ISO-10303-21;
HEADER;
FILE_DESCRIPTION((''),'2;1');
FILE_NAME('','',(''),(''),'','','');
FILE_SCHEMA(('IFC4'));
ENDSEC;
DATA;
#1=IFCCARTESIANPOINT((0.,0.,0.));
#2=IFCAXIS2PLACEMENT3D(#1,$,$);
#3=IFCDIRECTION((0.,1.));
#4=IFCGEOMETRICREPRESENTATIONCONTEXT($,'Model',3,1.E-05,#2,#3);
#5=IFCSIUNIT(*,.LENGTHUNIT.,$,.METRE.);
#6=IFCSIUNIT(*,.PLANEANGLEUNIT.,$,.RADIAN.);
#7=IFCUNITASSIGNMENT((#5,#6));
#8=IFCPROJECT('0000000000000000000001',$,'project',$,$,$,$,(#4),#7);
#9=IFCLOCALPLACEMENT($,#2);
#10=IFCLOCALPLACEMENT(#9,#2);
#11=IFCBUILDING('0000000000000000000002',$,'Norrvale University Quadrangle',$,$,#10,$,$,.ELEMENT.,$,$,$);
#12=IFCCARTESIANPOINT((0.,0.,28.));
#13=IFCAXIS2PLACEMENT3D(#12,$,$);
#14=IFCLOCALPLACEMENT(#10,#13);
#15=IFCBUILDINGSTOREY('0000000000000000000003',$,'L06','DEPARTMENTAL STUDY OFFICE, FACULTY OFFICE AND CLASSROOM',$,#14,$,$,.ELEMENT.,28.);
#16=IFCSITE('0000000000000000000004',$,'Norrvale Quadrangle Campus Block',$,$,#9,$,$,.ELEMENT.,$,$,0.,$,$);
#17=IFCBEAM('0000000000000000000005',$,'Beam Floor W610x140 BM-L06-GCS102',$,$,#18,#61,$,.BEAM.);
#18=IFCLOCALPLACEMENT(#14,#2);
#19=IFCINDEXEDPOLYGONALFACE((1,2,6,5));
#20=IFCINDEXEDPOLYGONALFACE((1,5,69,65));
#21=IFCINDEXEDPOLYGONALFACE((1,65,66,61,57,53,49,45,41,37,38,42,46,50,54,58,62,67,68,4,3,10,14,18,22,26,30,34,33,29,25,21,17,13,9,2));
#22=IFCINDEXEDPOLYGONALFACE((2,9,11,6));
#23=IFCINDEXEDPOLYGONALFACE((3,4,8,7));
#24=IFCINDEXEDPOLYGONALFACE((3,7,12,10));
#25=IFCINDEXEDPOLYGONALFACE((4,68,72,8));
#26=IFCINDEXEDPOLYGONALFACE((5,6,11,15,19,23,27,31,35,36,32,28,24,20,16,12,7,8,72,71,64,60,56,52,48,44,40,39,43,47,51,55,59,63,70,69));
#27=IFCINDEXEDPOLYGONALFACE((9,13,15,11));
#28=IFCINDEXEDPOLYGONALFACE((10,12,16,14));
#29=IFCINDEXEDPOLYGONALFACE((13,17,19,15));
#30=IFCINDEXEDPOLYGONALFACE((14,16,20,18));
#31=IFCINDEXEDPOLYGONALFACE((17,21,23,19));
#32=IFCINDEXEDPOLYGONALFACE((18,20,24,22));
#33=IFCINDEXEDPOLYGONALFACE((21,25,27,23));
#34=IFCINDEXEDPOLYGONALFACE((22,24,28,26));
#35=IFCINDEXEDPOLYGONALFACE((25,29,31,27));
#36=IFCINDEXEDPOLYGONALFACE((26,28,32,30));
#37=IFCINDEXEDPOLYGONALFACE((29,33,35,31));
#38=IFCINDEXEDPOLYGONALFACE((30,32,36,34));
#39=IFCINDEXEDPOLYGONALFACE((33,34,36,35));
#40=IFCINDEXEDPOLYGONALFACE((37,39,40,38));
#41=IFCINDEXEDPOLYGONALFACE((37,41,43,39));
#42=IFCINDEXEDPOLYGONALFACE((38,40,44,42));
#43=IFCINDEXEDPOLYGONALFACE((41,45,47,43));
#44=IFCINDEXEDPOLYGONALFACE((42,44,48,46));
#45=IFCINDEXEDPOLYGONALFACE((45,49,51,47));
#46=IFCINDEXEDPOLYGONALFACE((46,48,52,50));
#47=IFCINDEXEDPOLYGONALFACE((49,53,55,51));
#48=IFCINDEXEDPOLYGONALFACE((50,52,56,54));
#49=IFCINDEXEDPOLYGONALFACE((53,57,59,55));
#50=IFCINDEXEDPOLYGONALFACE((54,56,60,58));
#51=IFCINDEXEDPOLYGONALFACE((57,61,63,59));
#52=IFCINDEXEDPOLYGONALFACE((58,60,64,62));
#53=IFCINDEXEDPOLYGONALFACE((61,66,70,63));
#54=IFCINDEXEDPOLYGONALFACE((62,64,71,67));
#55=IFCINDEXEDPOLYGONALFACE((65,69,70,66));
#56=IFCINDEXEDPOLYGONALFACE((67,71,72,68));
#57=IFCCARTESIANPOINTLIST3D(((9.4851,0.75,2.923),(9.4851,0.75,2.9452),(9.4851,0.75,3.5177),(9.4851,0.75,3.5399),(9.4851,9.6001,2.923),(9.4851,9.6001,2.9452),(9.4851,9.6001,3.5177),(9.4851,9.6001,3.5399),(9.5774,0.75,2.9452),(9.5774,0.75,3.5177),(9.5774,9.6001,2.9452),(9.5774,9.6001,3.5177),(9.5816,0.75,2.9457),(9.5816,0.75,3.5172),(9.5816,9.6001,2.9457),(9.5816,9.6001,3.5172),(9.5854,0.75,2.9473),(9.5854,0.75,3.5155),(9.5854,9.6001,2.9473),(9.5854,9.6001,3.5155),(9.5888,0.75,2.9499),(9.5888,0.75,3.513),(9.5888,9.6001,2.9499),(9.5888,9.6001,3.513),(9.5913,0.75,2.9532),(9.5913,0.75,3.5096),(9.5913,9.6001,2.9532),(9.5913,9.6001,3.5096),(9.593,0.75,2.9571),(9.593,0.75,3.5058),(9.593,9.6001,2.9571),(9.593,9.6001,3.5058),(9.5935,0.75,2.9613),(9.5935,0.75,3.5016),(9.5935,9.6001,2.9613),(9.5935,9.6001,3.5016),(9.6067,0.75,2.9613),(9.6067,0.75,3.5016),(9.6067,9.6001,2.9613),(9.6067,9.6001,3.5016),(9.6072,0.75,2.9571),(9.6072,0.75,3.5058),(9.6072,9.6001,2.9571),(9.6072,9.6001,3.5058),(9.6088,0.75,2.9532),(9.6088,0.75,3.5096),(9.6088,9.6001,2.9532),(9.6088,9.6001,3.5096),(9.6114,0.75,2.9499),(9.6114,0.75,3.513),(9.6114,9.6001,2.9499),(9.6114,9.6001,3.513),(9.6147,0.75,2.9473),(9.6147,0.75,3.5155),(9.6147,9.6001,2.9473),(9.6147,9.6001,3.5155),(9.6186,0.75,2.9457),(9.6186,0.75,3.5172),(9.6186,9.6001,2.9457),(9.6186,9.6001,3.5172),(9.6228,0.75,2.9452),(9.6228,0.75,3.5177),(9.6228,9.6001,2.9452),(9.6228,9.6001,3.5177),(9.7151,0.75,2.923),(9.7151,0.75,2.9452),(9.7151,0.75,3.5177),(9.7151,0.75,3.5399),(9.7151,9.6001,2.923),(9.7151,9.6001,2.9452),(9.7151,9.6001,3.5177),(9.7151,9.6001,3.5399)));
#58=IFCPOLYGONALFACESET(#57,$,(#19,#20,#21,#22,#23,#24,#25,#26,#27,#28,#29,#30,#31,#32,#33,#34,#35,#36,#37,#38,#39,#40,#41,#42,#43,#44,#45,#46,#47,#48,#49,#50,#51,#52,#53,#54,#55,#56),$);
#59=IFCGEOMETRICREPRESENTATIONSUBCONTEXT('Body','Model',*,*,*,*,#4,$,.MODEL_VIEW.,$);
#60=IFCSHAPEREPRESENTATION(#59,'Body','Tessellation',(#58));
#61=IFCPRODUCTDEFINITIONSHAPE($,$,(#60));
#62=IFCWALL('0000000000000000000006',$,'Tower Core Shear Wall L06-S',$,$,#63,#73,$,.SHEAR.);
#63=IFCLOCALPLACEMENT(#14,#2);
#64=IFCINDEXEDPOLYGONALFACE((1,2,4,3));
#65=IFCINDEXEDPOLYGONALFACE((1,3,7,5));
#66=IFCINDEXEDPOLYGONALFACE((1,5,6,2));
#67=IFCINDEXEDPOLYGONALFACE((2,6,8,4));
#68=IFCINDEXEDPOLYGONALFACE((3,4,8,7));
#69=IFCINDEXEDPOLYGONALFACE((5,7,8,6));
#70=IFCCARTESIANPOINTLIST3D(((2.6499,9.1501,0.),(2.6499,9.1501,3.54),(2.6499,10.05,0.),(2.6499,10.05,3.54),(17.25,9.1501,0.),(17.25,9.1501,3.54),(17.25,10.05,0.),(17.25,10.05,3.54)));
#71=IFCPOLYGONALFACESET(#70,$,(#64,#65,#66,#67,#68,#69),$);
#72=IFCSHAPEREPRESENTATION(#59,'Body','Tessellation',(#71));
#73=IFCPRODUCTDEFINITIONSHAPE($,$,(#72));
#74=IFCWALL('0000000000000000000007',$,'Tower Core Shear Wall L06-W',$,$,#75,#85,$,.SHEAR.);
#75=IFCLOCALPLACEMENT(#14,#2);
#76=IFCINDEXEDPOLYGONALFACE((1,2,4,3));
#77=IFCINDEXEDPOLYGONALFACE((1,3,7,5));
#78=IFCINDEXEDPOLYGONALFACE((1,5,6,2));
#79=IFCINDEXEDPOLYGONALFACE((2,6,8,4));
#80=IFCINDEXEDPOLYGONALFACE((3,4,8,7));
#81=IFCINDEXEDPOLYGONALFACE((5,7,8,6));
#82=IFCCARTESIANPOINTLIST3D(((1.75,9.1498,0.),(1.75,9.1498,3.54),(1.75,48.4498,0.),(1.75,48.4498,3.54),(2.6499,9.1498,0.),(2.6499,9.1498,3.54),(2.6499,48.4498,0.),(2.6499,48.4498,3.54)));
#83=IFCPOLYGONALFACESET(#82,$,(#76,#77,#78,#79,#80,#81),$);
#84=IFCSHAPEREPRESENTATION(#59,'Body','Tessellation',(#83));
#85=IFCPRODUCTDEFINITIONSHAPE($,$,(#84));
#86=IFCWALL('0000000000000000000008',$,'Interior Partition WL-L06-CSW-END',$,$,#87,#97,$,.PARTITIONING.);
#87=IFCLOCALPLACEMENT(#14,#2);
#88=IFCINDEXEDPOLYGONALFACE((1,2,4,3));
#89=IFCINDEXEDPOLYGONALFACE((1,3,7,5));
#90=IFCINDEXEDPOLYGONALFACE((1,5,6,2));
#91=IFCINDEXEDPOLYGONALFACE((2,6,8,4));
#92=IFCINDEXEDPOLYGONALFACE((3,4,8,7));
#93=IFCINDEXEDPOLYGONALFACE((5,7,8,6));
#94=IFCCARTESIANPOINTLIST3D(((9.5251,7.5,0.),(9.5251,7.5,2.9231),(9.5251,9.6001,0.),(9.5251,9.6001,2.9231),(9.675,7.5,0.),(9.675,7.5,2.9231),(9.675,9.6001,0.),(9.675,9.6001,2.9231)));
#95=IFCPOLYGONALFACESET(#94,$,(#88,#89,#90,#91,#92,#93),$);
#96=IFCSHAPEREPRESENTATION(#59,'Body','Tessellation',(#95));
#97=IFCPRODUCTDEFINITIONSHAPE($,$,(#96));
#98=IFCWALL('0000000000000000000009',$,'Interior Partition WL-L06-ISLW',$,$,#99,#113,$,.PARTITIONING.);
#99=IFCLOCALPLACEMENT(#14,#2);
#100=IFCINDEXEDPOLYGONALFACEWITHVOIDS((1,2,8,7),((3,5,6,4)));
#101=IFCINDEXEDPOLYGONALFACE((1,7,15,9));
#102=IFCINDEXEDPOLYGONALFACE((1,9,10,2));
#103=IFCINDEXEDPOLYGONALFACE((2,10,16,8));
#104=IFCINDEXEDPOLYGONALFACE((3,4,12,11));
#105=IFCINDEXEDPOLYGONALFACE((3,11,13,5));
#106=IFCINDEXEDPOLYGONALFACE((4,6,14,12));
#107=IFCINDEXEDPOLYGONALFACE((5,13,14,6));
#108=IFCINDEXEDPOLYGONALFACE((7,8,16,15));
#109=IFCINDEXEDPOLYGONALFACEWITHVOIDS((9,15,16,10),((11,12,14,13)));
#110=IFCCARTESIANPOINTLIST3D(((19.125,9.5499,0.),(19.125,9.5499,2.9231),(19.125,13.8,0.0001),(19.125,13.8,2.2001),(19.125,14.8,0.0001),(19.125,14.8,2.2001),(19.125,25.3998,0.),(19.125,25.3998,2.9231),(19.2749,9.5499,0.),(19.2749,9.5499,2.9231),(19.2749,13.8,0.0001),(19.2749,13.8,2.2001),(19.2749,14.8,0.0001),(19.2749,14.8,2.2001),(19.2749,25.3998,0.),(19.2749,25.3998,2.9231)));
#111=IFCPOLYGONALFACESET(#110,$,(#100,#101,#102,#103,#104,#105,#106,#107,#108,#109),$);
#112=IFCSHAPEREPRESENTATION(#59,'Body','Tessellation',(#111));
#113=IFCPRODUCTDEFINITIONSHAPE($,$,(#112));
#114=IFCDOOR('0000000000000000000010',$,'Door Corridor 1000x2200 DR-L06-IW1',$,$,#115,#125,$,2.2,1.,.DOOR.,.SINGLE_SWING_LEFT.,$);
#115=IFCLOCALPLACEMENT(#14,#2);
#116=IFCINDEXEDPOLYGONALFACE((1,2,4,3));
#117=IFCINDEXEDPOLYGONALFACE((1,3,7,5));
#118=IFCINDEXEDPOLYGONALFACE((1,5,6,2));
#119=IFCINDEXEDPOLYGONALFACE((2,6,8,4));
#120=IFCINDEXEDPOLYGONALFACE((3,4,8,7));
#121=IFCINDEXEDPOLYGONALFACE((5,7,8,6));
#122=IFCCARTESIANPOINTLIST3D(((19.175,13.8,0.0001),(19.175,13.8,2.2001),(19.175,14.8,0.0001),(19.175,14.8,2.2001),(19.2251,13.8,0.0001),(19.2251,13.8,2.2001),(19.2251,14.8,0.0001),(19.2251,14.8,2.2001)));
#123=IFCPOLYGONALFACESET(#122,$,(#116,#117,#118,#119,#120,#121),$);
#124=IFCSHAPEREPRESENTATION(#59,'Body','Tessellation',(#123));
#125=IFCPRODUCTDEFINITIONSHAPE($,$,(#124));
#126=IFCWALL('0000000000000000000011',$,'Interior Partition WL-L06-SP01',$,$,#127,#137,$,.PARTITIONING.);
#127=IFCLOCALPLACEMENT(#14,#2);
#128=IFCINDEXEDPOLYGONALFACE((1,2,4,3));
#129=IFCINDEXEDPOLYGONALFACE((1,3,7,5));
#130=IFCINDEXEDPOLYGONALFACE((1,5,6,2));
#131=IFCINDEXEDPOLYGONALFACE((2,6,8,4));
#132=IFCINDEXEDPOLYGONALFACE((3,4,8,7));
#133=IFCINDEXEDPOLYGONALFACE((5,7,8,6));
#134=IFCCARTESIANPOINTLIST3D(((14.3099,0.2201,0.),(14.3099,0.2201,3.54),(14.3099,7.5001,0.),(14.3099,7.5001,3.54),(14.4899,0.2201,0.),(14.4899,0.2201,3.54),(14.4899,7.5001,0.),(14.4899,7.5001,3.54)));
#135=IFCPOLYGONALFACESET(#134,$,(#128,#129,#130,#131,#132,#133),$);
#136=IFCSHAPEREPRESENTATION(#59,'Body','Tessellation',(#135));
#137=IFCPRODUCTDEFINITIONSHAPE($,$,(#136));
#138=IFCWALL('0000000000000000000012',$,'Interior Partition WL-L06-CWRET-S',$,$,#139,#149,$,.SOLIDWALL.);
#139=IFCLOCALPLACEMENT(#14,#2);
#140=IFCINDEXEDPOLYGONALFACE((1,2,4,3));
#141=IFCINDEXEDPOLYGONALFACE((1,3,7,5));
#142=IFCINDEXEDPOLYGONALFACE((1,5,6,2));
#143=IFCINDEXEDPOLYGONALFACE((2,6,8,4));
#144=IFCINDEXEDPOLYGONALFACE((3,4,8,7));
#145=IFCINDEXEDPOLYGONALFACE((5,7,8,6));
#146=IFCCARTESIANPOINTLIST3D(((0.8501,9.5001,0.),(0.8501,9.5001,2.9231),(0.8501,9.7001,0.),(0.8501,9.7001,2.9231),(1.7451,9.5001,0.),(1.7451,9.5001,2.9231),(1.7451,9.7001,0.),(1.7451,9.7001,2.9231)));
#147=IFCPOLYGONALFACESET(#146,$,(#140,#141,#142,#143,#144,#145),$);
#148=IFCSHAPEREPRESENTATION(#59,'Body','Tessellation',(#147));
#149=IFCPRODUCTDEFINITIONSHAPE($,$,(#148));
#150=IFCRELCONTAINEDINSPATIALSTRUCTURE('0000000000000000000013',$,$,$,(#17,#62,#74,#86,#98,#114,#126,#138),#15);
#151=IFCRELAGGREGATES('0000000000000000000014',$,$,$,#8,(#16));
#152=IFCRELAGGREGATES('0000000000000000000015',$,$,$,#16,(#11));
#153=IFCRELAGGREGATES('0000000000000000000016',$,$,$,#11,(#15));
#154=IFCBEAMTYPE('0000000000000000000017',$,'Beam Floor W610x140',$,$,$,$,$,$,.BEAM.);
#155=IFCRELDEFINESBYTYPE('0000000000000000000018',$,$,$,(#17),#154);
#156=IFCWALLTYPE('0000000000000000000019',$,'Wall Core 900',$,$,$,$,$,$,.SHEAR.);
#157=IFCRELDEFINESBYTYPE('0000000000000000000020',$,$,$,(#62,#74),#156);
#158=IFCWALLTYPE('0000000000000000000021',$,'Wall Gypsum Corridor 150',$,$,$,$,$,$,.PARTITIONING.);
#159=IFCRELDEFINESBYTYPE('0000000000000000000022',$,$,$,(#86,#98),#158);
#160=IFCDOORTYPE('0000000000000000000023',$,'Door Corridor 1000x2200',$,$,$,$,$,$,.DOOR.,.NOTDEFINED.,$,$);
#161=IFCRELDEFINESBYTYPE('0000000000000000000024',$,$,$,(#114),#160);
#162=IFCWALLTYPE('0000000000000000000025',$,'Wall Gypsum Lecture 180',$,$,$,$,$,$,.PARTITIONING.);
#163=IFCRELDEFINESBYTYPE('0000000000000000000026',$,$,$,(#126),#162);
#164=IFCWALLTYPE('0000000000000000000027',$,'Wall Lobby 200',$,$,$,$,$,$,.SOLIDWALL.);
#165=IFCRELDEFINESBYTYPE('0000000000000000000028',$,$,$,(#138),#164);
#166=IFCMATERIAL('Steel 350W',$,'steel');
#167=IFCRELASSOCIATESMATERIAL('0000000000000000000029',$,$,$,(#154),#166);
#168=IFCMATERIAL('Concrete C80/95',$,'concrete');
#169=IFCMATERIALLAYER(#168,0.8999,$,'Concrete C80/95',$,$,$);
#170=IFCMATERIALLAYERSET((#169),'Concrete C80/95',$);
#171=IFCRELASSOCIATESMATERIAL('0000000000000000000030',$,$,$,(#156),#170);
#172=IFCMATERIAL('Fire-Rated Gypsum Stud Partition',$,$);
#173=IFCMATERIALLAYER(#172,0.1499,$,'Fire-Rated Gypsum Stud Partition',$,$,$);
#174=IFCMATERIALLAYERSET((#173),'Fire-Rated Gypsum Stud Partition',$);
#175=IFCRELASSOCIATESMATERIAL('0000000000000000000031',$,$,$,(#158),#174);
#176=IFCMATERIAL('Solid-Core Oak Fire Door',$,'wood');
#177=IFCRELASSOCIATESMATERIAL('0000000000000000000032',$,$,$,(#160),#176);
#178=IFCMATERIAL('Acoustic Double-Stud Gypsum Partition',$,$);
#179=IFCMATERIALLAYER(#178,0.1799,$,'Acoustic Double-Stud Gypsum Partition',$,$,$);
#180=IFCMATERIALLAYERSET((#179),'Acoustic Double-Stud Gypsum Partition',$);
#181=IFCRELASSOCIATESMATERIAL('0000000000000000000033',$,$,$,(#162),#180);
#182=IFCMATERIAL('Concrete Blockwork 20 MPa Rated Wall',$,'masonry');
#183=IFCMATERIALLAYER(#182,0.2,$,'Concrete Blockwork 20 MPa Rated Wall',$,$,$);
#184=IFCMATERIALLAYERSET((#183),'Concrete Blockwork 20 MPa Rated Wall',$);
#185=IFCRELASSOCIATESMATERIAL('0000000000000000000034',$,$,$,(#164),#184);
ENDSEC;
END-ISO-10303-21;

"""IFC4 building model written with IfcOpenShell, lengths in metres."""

from ifc_helpers import new_model, si_unit, direction, frame, frame_2d, origin, origin_2d, place, context, subcontext, project, spatial, rectangle, i_section, extrude, material, layer, layer_set, material_profile, profile_set, type_object, element, fill, save


model = new_model("IFC4")

# Units and contexts
model_context = context("Model", 3, precision=1e-05, world=origin(), true_north=direction((0.0, 1.0)))
body_context = subcontext(model_context, "Body", "Model", "MODEL_VIEW")
ifc_project = project(units=[si_unit("LENGTHUNIT", "METRE"), si_unit("PLANEANGLEUNIT", "RADIAN")], contexts=[model_context])

# Site, building, storey
site_placement = place(None, origin())
site = spatial("IfcSite", under=ifc_project, at=site_placement, Name="Norrvale Quadrangle Campus Block", CompositionType="ELEMENT", RefElevation=0.0)
building_placement = place(site_placement, origin())
building = spatial("IfcBuilding", under=site, at=building_placement, Name="Norrvale University Quadrangle", CompositionType="ELEMENT")
storey_placement = place(building_placement, frame((0.0, 0.0, 28.0)))
storey = spatial("IfcBuildingStorey", under=building, at=storey_placement, Name="L06", Description="DEPARTMENTAL STUDY OFFICE, FACULTY OFFICE AND CLASSROOM", CompositionType="ELEMENT", Elevation=28.0)

# Shared definitions
ifc_material_1 = material(Name="Concrete C80/95", Category="concrete")

# Beam
ifc_material_2 = material(Name="Steel 350W", Category="steel")
ifc_material_profile_1 = material_profile(ifc_material_2, i_section(OverallWidth=0.23, OverallDepth=0.6169, WebThickness=0.0132, FlangeThickness=0.0222, FilletRadius=0.0161, at=origin_2d()), Name="Steel 350W")
ifc_profile_set_1 = profile_set([ifc_material_profile_1], Name="Steel 350W")
beam_type_1 = type_object("IfcBeamType", Name="Beam Floor W610x140", PredefinedType="BEAM", material=ifc_profile_set_1)
beam_1_placement = place(storey_placement, frame((9.6001, 0.75, 3.2314), z_axis=(0.0, 1.0, 0.0), x_axis=(-1.0, 0.0, 0.0)))
element("IfcBeam", 1, at=beam_1_placement, inside=storey, type_object=beam_type_1, Name="Beam Floor W610x140 BM-L06-GCS102", PredefinedType="BEAM", context=body_context, shape_type="SweptSolid", body=[
    extrude(i_section(OverallWidth=0.23, OverallDepth=0.6169, WebThickness=0.0132, FlangeThickness=0.0222, FilletRadius=0.0161, at=origin_2d()), origin(), (0.0, 0.0, 1.0), 8.8501),
])

# Walls
ifc_layer_1 = layer(ifc_material_1, 0.8999, Name="Concrete C80/95")
ifc_layer_set_1 = layer_set([ifc_layer_1], Name="Concrete C80/95")
wall_type_1 = type_object("IfcWallType", Name="Wall Core 900", PredefinedType="SHEAR", material=ifc_layer_set_1)
wall_1_placement = place(storey_placement, frame((2.6499, 9.6001, 0.0), z_axis=(0.0, 0.0, 1.0), x_axis=(1.0, 0.0, 0.0)))
element("IfcWall", 2, at=wall_1_placement, inside=storey, type_object=wall_type_1, Name="Tower Core Shear Wall L06-S", PredefinedType="SHEAR", context=body_context, shape_type="SweptSolid", body=[
    extrude(rectangle(XDim=14.6001, YDim=0.8999, at=frame_2d((7.3, 0.0))), origin(), (0.0, 0.0, 1.0), 3.54),
])
wall_2_placement = place(storey_placement, frame((2.2, 9.1499, 0.0), z_axis=(0.0, 0.0, 1.0), x_axis=(0.0, 1.0, 0.0)))
element("IfcWall", 3, at=wall_2_placement, inside=storey, type_object=wall_type_1, Name="Tower Core Shear Wall L06-W", PredefinedType="SHEAR", context=body_context, shape_type="SweptSolid", body=[
    extrude(rectangle(XDim=39.3, YDim=0.8999, at=frame_2d((19.6499, 0.0))), origin(), (0.0, 0.0, 1.0), 3.54),
])
ifc_material_3 = material(Name="Fire-Rated Gypsum Stud Partition")
ifc_layer_2 = layer(ifc_material_3, 0.1499, Name="Fire-Rated Gypsum Stud Partition")
ifc_layer_set_2 = layer_set([ifc_layer_2], Name="Fire-Rated Gypsum Stud Partition")
wall_type_2 = type_object("IfcWallType", Name="Wall Gypsum Corridor 150", PredefinedType="PARTITIONING", material=ifc_layer_set_2)
wall_3_placement = place(storey_placement, frame((9.6001, 7.5, 0.0), z_axis=(0.0, 0.0, 1.0), x_axis=(0.0, 1.0, 0.0)))
element("IfcWall", 4, at=wall_3_placement, inside=storey, type_object=wall_type_2, Name="Interior Partition WL-L06-CSW-END", PredefinedType="PARTITIONING", context=body_context, shape_type="SweptSolid", body=[
    extrude(rectangle(XDim=2.1001, YDim=0.1499, at=frame_2d((1.05, 0.0))), origin(), (0.0, 0.0, 1.0), 2.9231),
])

# Wall, opening, door
wall_4_placement = place(storey_placement, frame((19.2, 9.55, 0.0), z_axis=(0.0, 0.0, 1.0), x_axis=(0.0, 1.0, 0.0)))
wall_4 = element("IfcWall", 5, at=wall_4_placement, inside=storey, type_object=wall_type_2, Name="Interior Partition WL-L06-ISLW", PredefinedType="PARTITIONING", context=body_context, shape_type="SweptSolid", body=[
    extrude(rectangle(XDim=15.8499, YDim=0.1499, at=frame_2d((7.9248, 0.0))), origin(), (0.0, 0.0, 1.0), 2.9231),
])
opening_1_placement = place(wall_4_placement, frame((4.25, 0.0, 0.0)))
opening_1 = element("IfcOpeningElement", 6, at=opening_1_placement, cuts=wall_4, PredefinedType="OPENING", context=body_context, shape_type="SweptSolid", body=[
    extrude(rectangle(XDim=1.0, YDim=2.2, at=frame_2d((0.5, 1.1001))), frame((0.0, 0.0869, 0.0), z_axis=(0.0, -1.0, 0.0), x_axis=(1.0, 0.0, 0.0)), (0.0, 0.0, 1.0), 0.1738),
])
ifc_material_4 = material(Name="Solid-Core Oak Fire Door", Category="wood")
door_type = type_object("IfcDoorType", Name="Door Corridor 1000x2200", OperationType="NOTDEFINED", PredefinedType="DOOR", material=ifc_material_4)
door_placement = place(opening_1_placement, origin())
door = element("IfcDoor", 7, at=door_placement, inside=storey, type_object=door_type, Name="Door Corridor 1000x2200 DR-L06-IW1", OperationType="SINGLE_SWING_LEFT", OverallHeight=2.2, OverallWidth=1.0, PredefinedType="DOOR", context=body_context, shape_type="SweptSolid", body=[
    extrude(rectangle(XDim=1.0, YDim=2.2, at=frame_2d((0.5, 1.1001))), frame((0.0, 0.0249, 0.0), z_axis=(0.0, -1.0, 0.0), x_axis=(1.0, 0.0, 0.0)), (0.0, 0.0, 1.0), 0.05),
])
fill(opening_1, door)

# Walls
ifc_material_5 = material(Name="Acoustic Double-Stud Gypsum Partition")
ifc_layer_3 = layer(ifc_material_5, 0.1799, Name="Acoustic Double-Stud Gypsum Partition")
ifc_layer_set_3 = layer_set([ifc_layer_3], Name="Acoustic Double-Stud Gypsum Partition")
wall_type_3 = type_object("IfcWallType", Name="Wall Gypsum Lecture 180", PredefinedType="PARTITIONING", material=ifc_layer_set_3)
wall_5_placement = place(storey_placement, frame((14.3999, 0.22, 0.0), z_axis=(0.0, 0.0, 1.0), x_axis=(0.0, 1.0, 0.0)))
element("IfcWall", 8, at=wall_5_placement, inside=storey, type_object=wall_type_3, Name="Interior Partition WL-L06-SP01", PredefinedType="PARTITIONING", context=body_context, shape_type="SweptSolid", body=[
    extrude(rectangle(XDim=7.28, YDim=0.1799, at=frame_2d((3.6401, 0.0))), origin(), (0.0, 0.0, 1.0), 3.54),
])
ifc_material_6 = material(Name="Concrete Blockwork 20 MPa Rated Wall", Category="masonry")
ifc_layer_4 = layer(ifc_material_6, 0.2, Name="Concrete Blockwork 20 MPa Rated Wall")
ifc_layer_set_4 = layer_set([ifc_layer_4], Name="Concrete Blockwork 20 MPa Rated Wall")
wall_type_4 = type_object("IfcWallType", Name="Wall Lobby 200", PredefinedType="SOLIDWALL", material=ifc_layer_set_4)
wall_6_placement = place(storey_placement, frame((0.8501, 9.6001, 0.0), z_axis=(0.0, 0.0, 1.0), x_axis=(1.0, 0.0, 0.0)))
element("IfcWall", 9, at=wall_6_placement, inside=storey, type_object=wall_type_4, Name="Interior Partition WL-L06-CWRET-S", PredefinedType="SOLIDWALL", context=body_context, shape_type="SweptSolid", body=[
    extrude(rectangle(XDim=0.895, YDim=0.2, at=frame_2d((0.4475, 0.0))), origin(), (0.0, 0.0, 1.0), 2.9231),
])

save(model, "model.ifc")
